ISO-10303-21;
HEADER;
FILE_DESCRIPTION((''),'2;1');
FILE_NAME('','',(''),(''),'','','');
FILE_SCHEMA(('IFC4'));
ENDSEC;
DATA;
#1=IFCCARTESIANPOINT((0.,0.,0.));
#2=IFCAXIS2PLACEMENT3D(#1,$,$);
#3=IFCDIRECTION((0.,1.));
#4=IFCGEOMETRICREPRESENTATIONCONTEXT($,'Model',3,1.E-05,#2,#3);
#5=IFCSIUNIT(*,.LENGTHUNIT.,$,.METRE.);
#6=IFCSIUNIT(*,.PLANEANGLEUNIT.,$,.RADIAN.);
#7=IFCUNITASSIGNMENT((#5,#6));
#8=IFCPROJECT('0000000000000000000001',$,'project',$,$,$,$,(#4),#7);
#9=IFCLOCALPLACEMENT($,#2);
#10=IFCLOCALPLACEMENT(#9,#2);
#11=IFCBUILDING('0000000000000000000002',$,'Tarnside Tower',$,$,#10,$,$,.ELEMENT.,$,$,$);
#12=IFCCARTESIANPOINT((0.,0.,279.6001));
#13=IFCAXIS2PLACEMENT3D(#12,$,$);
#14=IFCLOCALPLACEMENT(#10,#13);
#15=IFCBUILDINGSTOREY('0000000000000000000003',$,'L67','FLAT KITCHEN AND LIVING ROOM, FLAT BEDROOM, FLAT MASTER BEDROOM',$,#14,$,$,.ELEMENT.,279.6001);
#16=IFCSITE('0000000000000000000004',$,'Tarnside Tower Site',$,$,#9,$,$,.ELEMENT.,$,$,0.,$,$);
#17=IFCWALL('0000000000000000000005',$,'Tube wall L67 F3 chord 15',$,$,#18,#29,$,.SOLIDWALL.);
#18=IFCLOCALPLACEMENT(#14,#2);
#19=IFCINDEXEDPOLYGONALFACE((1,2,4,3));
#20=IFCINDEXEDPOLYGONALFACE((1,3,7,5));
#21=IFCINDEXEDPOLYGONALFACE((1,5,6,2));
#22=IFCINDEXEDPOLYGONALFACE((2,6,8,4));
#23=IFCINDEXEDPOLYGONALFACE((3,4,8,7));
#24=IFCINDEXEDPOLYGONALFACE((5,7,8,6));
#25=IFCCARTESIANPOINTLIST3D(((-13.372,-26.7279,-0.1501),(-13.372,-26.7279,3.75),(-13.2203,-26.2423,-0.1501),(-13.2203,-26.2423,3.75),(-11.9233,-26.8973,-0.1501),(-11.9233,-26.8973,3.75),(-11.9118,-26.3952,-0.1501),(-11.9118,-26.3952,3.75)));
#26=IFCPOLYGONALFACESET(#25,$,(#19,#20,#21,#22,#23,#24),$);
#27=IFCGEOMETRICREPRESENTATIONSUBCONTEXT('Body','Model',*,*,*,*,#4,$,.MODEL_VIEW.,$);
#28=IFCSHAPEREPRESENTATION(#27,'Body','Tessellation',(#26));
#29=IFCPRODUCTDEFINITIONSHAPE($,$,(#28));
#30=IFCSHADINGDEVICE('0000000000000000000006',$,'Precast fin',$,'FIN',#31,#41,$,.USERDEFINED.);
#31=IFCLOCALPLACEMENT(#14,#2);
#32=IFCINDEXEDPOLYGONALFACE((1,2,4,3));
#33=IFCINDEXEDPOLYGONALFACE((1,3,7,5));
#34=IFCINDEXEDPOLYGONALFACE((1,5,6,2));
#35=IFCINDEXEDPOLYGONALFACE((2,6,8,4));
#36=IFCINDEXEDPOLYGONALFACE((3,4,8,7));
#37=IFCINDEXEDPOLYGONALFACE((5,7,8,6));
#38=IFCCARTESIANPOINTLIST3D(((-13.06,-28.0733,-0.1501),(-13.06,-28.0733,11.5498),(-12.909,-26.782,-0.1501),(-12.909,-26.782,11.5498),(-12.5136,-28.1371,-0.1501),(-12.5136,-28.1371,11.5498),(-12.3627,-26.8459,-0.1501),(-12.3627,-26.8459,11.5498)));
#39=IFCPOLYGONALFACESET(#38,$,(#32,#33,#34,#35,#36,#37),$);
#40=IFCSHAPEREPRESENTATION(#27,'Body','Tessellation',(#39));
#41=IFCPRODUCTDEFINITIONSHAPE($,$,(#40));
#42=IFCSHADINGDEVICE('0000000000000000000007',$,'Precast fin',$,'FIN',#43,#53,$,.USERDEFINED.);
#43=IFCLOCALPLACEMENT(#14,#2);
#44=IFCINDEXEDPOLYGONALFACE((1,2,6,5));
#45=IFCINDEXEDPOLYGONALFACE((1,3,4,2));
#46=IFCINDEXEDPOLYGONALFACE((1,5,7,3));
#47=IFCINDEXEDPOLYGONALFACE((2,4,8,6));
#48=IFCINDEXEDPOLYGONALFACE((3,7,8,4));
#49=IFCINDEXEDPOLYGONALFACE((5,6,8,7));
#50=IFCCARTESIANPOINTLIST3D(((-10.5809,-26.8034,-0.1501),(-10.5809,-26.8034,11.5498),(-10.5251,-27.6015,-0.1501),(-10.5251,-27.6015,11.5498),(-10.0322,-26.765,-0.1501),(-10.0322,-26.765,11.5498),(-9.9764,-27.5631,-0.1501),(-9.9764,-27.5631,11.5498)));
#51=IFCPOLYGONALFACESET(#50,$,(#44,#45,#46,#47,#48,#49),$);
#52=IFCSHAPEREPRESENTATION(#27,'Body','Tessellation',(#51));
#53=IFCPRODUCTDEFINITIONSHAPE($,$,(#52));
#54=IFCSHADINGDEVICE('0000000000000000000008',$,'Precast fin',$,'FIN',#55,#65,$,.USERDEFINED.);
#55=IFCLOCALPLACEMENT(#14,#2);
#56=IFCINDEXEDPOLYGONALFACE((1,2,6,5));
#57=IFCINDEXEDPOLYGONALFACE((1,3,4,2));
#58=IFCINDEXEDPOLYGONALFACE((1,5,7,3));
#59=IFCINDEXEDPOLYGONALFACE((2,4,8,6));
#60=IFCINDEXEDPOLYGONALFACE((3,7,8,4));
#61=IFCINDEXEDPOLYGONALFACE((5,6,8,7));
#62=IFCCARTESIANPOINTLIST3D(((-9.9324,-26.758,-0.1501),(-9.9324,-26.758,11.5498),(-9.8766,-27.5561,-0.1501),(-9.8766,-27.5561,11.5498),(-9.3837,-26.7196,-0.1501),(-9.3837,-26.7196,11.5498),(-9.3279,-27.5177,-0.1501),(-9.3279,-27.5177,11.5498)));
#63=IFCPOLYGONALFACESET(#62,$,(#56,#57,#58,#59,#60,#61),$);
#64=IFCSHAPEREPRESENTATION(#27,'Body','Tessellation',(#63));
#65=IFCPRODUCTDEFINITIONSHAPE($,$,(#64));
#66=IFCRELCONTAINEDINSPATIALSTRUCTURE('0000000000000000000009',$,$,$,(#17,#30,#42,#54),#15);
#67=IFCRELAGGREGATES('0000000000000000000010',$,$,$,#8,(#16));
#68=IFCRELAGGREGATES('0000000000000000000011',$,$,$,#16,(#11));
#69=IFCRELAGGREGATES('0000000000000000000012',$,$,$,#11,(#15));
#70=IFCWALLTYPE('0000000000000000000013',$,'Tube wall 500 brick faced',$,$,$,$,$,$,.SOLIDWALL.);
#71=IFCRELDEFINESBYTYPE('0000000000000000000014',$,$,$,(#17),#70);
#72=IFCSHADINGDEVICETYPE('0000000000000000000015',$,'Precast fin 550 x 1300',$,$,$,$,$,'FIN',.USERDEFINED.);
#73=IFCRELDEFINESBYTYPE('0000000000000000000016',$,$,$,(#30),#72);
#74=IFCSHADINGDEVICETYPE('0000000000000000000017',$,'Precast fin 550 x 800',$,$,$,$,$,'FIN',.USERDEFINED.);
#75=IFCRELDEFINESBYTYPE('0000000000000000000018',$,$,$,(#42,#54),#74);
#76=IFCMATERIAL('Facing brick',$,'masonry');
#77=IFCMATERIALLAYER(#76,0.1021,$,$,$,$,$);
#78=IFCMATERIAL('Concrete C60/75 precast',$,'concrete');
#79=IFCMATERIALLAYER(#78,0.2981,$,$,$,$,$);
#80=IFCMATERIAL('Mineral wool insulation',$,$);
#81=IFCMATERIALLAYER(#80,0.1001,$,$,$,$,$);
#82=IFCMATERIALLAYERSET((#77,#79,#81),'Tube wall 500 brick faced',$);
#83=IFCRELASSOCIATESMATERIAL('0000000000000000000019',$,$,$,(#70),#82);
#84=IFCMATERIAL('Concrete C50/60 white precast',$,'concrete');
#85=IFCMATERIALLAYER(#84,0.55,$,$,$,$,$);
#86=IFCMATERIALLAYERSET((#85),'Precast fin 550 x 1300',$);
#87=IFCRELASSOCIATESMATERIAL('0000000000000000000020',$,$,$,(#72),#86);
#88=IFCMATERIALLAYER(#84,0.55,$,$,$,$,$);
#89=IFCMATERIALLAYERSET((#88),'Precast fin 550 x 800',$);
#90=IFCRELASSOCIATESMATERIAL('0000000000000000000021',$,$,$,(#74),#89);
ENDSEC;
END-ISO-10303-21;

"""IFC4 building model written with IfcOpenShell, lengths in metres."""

from ifc_helpers import new_model, si_unit, direction, frame, origin, place, context, subcontext, project, spatial, polyline, outline, extrude, material, layer, layer_set, type_object, element, save


model = new_model("IFC4")

# Units and contexts
model_context = context("Model", 3, precision=1e-05, world=origin(), true_north=direction((0.0, 1.0)))
body_context = subcontext(model_context, "Body", "Model", "MODEL_VIEW")
ifc_project = project(units=[si_unit("LENGTHUNIT", "METRE"), si_unit("PLANEANGLEUNIT", "RADIAN")], contexts=[model_context])

# Site, building, storey
site_placement = place(None, origin())
site = spatial("IfcSite", under=ifc_project, at=site_placement, Name="Tarnside Tower Site", CompositionType="ELEMENT", RefElevation=0.0)
building_placement = place(site_placement, origin())
building = spatial("IfcBuilding", under=site, at=building_placement, Name="Tarnside Tower", CompositionType="ELEMENT")
storey_placement = place(building_placement, frame((0.0, 0.0, 279.6001)))
storey = spatial("IfcBuildingStorey", under=building, at=storey_placement, Name="L67", Description="FLAT KITCHEN AND LIVING ROOM, FLAT BEDROOM, FLAT MASTER BEDROOM", CompositionType="ELEMENT", Elevation=279.6001)

# Shared definitions
ifc_material_1 = material(Name="Concrete C60/75 precast", Category="concrete")
ifc_material_2 = material(Name="Mineral wool insulation")

# Wall
ifc_material_3 = material(Name="Facing brick", Category="masonry")
ifc_layer_1 = layer(ifc_material_3, 0.1021)
ifc_layer_2 = layer(ifc_material_1, 0.2981)
ifc_layer_3 = layer(ifc_material_2, 0.1001)
ifc_layer_set_1 = layer_set([ifc_layer_1, ifc_layer_2, ifc_layer_3], Name="Tube wall 500 brick faced")
wall_type_1 = type_object("IfcWallType", Name="Tube wall 500 brick faced", PredefinedType="SOLIDWALL", material=ifc_layer_set_1)
wall_1_placement = place(storey_placement, frame((-13.2961, -26.4851, -0.1501), z_axis=(0.0, 0.0, 1.0), x_axis=(0.993239, -0.116086, 0.0)))
element("IfcWall", 1, at=wall_1_placement, inside=storey, type_object=wall_type_1, Name="Tube wall L67 F3 chord 15", PredefinedType="SOLIDWALL", context=body_context, shape_type="SweptSolid", body=[
    extrude(outline(polyline([(-0.0471, -0.25), (1.4114, -0.25), (1.3645, 0.25), (0.0471, 0.25), (-0.0471, -0.25)])), origin(), (0.0, 0.0, 1.0), 3.9001),
])

# Shading devices
ifc_material_4 = material(Name="Concrete C50/60 white precast", Category="concrete")
ifc_layer_4 = layer(ifc_material_4, 0.55)
ifc_layer_set_2 = layer_set([ifc_layer_4], Name="Precast fin 550 x 1300")
shading_device_type_1 = type_object("IfcShadingDeviceType", Name="Precast fin 550 x 1300", ElementType="FIN", PredefinedType="USERDEFINED", material=ifc_layer_set_2)
shading_device_placement = place(storey_placement, frame((-12.6357, -26.814, -0.1501), z_axis=(-0.993238, 0.116093, 0.0), x_axis=(-0.116093, -0.993238, 0.0)))
element("IfcShadingDevice", 2, at=shading_device_placement, inside=storey, type_object=shading_device_type_1, Name="Precast fin", ObjectType="FIN", PredefinedType="USERDEFINED", context=body_context, shape_type="SweptSolid", body=[
    extrude(outline(polyline([(0.0, 0.0), (1.3, 0.0), (1.3, 11.7), (0.0, 11.7), (0.0, 0.0)])), frame((0.0, 0.0, -0.2749)), (0.0, 0.0, 1.0), 0.55),
])
ifc_layer_5 = layer(ifc_material_4, 0.55)
ifc_layer_set_3 = layer_set([ifc_layer_5], Name="Precast fin 550 x 800")
shading_device_type_2 = type_object("IfcShadingDeviceType", Name="Precast fin 550 x 800", ElementType="FIN", PredefinedType="USERDEFINED", material=ifc_layer_set_3)
for number, where, z_axis, x_axis, name in (
    (3, (-10.3064, -26.7842, -0.1501), (-0.997564, -0.069756, 0.0), (0.069756, -0.997564, 0.0), "Precast fin"),
    (4, (-9.658, -26.7388, -0.1501), (-0.997564, -0.069756, 0.0), (0.069756, -0.997564, 0.0), "Precast fin"),
):
    element("IfcShadingDevice", number, at=place(storey_placement, frame(where, z_axis=z_axis, x_axis=x_axis)), inside=storey, type_object=shading_device_type_2, Name=name, ObjectType="FIN", PredefinedType="USERDEFINED", context=body_context, shape_type="SweptSolid", body=[
        extrude(outline(polyline([(0.0, 0.0), (0.8, 0.0), (0.8, 11.7), (0.0, 11.7), (0.0, 0.0)])), frame((0.0, 0.0, -0.2749)), (0.0, 0.0, 1.0), 0.55),
    ])

save(model, "model.ifc")
